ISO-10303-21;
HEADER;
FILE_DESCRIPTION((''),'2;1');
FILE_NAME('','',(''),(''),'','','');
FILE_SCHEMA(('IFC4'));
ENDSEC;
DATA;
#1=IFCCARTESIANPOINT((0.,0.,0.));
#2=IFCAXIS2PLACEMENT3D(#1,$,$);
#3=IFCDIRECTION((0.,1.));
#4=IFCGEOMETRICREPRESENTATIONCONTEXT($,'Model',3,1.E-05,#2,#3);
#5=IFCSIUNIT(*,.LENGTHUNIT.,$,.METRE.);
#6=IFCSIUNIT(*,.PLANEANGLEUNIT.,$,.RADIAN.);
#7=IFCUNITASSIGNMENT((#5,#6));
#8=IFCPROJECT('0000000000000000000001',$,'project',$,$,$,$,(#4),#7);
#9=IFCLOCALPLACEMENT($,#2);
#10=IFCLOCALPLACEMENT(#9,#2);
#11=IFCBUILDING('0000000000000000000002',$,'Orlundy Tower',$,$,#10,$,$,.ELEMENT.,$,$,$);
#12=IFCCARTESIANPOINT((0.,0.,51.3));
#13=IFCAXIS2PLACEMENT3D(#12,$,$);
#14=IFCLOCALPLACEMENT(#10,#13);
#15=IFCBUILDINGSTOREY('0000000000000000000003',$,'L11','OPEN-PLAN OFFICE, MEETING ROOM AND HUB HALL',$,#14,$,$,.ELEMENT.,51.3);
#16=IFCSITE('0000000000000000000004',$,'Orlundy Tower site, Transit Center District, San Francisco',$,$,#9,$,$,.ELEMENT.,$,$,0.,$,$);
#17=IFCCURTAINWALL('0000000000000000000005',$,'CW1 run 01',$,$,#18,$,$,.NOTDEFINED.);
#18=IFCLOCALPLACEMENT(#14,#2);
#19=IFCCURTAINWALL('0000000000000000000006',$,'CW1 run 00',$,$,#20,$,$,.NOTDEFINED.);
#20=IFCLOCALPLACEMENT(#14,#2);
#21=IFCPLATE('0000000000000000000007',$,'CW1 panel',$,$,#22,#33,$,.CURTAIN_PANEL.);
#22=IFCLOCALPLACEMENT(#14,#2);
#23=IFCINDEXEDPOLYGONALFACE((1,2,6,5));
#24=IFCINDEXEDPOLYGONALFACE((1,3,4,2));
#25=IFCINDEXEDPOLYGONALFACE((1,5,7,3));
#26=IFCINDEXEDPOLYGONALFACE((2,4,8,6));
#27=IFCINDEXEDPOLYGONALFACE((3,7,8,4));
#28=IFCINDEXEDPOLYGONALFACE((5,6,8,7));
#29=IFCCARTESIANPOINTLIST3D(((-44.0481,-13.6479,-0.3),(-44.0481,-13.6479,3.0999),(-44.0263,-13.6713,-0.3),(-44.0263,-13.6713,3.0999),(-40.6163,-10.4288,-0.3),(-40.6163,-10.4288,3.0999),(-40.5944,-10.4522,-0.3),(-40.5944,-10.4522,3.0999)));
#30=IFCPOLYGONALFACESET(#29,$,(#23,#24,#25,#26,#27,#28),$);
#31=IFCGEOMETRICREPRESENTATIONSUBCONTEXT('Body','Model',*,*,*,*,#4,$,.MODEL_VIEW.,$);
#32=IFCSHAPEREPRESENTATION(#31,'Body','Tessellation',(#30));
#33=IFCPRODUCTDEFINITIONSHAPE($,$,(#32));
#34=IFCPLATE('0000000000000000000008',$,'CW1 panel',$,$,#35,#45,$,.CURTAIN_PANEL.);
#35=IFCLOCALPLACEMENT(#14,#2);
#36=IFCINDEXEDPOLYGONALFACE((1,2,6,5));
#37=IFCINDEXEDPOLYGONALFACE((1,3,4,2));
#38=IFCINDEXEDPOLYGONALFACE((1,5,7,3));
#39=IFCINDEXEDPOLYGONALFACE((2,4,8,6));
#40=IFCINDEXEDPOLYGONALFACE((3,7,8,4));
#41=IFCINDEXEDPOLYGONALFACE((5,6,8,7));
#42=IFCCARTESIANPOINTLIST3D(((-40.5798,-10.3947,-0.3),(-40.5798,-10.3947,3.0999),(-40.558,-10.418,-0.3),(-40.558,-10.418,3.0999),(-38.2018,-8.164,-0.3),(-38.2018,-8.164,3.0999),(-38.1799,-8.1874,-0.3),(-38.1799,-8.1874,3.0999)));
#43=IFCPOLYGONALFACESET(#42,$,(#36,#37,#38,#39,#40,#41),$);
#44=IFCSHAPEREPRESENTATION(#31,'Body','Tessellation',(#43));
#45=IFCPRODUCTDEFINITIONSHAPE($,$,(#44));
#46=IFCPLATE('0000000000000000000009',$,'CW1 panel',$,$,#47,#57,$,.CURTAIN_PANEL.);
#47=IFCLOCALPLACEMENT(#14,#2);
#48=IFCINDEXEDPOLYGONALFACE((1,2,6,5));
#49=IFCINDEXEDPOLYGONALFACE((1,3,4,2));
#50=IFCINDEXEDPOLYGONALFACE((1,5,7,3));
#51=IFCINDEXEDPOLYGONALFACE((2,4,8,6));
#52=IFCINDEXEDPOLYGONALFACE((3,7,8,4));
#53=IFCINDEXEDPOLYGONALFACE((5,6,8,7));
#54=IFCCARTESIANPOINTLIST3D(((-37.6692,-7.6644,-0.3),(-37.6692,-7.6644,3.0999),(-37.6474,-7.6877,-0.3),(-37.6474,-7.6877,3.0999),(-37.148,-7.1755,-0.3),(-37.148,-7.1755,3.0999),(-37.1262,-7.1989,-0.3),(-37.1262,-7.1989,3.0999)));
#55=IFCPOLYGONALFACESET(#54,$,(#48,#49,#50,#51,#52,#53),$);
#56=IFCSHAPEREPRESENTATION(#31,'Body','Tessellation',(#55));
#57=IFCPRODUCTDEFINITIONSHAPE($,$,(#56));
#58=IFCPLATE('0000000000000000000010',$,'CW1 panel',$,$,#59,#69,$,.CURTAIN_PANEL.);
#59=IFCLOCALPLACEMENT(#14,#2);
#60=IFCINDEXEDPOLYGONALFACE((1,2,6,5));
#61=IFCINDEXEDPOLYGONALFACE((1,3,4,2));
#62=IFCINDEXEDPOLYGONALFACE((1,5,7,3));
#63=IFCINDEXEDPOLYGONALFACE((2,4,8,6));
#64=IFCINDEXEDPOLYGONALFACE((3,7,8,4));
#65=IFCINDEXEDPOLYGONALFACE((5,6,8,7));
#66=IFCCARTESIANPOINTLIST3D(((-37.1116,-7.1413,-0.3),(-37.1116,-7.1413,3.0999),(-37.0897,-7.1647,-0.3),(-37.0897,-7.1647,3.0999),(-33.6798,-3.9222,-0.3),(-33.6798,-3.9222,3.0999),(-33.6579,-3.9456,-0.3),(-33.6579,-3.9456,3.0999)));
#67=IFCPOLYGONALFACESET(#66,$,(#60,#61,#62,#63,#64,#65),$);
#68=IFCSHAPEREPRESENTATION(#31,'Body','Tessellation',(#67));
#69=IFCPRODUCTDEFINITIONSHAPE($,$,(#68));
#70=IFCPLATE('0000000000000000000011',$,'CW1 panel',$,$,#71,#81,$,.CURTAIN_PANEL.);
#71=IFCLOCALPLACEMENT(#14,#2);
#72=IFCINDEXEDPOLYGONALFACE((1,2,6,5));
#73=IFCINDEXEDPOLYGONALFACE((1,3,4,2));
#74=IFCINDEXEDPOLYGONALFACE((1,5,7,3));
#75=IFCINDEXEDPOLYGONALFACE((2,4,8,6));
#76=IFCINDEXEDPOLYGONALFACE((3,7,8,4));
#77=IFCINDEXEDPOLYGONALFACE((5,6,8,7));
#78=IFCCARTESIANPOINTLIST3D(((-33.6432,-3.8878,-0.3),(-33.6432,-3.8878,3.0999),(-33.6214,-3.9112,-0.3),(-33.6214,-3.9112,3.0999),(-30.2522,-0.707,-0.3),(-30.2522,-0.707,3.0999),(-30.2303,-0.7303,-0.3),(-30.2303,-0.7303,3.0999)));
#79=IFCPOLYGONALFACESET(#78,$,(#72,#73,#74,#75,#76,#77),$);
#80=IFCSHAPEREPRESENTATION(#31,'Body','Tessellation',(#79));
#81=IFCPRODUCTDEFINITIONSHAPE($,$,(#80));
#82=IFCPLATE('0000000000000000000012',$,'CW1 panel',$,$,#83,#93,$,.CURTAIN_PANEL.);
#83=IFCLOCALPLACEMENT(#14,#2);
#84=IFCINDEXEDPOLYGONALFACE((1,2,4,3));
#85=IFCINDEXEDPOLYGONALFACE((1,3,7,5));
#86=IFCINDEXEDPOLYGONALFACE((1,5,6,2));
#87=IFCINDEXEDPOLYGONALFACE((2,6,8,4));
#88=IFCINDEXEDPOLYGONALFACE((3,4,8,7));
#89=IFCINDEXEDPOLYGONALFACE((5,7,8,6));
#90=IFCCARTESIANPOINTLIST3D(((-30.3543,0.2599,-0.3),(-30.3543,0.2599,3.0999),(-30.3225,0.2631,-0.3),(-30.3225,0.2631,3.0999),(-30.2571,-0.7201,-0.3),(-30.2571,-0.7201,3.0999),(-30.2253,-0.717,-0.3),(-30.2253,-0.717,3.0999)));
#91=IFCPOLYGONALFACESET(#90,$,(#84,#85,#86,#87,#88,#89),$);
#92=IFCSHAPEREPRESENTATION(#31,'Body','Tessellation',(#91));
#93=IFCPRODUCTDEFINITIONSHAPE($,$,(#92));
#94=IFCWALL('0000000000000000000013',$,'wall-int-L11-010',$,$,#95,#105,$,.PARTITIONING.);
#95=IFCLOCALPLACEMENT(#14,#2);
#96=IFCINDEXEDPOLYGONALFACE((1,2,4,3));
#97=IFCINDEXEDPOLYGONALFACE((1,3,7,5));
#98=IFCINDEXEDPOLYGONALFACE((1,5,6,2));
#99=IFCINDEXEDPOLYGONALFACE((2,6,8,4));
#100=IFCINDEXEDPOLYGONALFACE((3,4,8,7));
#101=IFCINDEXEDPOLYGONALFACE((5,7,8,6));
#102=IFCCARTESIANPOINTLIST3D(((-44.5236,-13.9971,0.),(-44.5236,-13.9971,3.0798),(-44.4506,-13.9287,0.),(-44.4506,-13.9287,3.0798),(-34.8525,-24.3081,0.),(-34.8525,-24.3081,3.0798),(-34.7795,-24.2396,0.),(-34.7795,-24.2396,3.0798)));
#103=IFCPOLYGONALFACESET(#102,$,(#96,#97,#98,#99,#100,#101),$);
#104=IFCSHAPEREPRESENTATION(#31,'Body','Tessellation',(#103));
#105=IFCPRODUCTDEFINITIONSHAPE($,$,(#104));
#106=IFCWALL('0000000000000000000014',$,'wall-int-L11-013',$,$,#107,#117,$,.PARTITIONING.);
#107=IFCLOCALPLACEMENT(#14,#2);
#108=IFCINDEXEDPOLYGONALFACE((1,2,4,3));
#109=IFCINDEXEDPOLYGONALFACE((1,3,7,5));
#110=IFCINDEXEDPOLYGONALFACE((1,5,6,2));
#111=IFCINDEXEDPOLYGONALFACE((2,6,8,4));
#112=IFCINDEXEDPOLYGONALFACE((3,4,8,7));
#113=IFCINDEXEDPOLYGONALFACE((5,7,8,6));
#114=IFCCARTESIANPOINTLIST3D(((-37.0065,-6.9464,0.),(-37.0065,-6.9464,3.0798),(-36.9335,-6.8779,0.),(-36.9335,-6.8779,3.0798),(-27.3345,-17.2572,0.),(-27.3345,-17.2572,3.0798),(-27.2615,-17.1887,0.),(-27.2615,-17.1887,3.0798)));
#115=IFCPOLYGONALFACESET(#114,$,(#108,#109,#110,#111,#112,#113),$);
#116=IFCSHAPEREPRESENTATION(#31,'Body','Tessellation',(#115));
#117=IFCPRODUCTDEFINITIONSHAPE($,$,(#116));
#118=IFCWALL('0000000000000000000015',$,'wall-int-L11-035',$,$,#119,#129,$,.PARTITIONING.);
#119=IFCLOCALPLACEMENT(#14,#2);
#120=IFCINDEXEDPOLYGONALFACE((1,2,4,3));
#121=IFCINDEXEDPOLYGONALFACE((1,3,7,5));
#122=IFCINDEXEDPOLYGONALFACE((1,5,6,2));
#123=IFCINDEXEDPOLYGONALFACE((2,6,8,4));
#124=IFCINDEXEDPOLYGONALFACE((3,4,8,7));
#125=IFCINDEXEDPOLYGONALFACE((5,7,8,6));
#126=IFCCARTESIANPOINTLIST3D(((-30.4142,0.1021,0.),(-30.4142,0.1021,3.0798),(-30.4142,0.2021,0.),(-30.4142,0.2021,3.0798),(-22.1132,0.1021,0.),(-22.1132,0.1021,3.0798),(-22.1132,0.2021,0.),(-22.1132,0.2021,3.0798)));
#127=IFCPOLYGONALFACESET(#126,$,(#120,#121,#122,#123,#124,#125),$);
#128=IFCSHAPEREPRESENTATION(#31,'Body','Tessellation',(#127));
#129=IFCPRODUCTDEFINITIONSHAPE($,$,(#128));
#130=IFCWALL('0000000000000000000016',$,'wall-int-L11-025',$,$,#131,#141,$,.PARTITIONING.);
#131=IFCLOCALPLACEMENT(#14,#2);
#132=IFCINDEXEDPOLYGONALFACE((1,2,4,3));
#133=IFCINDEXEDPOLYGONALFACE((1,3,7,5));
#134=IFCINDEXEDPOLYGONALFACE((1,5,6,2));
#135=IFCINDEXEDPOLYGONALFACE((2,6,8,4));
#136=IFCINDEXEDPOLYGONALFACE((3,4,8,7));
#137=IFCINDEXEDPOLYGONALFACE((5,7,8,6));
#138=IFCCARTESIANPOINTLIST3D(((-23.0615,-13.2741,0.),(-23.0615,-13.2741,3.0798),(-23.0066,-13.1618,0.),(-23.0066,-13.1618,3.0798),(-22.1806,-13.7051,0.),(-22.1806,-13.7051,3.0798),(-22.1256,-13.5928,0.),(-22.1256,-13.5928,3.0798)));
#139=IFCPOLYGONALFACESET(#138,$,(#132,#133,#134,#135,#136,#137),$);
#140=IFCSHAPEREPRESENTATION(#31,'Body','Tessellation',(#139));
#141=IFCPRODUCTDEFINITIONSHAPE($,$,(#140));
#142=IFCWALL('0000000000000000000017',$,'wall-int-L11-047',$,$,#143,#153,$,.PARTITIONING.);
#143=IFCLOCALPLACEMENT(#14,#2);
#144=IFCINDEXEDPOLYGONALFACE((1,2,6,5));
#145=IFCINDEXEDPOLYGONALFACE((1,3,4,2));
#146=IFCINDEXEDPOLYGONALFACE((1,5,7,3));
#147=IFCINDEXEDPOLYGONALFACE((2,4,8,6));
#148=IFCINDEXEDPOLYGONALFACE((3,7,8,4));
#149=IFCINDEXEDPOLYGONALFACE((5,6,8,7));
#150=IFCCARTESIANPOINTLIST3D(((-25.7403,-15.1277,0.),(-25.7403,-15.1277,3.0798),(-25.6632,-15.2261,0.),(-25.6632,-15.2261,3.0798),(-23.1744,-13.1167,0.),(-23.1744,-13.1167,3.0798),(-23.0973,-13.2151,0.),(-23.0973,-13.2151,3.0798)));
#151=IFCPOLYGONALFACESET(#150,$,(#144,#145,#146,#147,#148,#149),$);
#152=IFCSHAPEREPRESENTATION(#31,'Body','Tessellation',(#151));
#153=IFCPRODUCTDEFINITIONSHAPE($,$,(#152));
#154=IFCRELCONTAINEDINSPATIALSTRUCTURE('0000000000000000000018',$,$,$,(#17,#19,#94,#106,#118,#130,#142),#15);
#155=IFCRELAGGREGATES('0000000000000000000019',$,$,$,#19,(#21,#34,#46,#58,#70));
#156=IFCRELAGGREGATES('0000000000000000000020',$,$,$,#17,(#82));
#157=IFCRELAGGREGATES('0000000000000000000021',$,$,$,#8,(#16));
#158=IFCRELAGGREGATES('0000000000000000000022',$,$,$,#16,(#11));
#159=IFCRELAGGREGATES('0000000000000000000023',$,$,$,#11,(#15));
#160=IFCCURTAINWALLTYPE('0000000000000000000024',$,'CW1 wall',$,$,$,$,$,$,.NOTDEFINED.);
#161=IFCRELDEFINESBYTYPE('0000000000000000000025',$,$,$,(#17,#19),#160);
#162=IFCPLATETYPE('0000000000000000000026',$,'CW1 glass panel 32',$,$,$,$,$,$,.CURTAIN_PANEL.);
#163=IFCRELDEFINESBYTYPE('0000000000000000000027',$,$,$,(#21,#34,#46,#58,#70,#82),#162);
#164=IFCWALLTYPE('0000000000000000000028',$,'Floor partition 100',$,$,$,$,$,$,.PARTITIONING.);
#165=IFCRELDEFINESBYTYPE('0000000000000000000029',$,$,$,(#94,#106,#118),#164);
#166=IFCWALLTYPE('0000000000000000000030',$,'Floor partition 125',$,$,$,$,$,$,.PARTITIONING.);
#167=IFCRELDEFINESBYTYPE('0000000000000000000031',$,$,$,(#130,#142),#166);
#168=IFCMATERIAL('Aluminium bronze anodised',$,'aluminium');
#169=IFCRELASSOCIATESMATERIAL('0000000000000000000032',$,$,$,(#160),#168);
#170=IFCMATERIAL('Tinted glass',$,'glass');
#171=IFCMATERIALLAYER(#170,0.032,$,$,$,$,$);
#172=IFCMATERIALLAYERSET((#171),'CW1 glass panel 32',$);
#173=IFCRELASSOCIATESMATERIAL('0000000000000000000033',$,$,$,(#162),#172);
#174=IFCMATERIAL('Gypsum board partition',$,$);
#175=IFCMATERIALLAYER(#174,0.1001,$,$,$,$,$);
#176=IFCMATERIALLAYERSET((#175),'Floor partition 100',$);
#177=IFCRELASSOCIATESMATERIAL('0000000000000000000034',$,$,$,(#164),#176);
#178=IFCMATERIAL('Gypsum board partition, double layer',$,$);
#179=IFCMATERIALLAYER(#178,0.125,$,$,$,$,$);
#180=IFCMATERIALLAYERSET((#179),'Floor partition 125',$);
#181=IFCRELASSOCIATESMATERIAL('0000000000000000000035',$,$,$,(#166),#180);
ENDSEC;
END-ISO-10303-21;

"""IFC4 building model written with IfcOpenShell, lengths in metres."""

from ifc_helpers import new_model, si_unit, direction, frame, frame_2d, origin, origin_2d, place, context, subcontext, project, spatial, rectangle, extrude, material, layer, layer_set, type_object, element, aggregate, save


model = new_model("IFC4")

# Units and contexts
model_context = context("Model", 3, precision=1e-05, world=origin(), true_north=direction((0.0, 1.0)))
body_context = subcontext(model_context, "Body", "Model", "MODEL_VIEW")
ifc_project = project(units=[si_unit("LENGTHUNIT", "METRE"), si_unit("PLANEANGLEUNIT", "RADIAN")], contexts=[model_context])

# Site, building, storey
site_placement = place(None, origin())
site = spatial("IfcSite", under=ifc_project, at=site_placement, Name="Orlundy Tower site, Transit Center District, San Francisco", CompositionType="ELEMENT", RefElevation=0.0)
building_placement = place(site_placement, origin())
building = spatial("IfcBuilding", under=site, at=building_placement, Name="Orlundy Tower", CompositionType="ELEMENT")
storey_placement = place(building_placement, frame((0.0, 0.0, 51.3)))
storey = spatial("IfcBuildingStorey", under=building, at=storey_placement, Name="L11", Description="OPEN-PLAN OFFICE, MEETING ROOM AND HUB HALL", CompositionType="ELEMENT", Elevation=51.3)

# Curtain wall
ifc_material_1 = material(Name="Aluminium bronze anodised", Category="aluminium")
curtain_wall_type = type_object("IfcCurtainWallType", Name="CW1 wall", PredefinedType="NOTDEFINED", material=ifc_material_1)
curtain_wall_1_placement = place(storey_placement, origin())
curtain_wall_1 = element("IfcCurtainWall", 1, at=curtain_wall_1_placement, inside=storey, type_object=curtain_wall_type, Name="CW1 run 01", PredefinedType="NOTDEFINED")

# Curtain wall
curtain_wall_2_placement = place(storey_placement, origin())
curtain_wall_2 = element("IfcCurtainWall", 2, at=curtain_wall_2_placement, inside=storey, type_object=curtain_wall_type, Name="CW1 run 00", PredefinedType="NOTDEFINED")

# Plates
ifc_material_2 = material(Name="Tinted glass", Category="glass")
ifc_layer_1 = layer(ifc_material_2, 0.032)
ifc_layer_set_1 = layer_set([ifc_layer_1], Name="CW1 glass panel 32")
plate_type = type_object("IfcPlateType", Name="CW1 glass panel 32", PredefinedType="CURTAIN_PANEL", material=ifc_layer_set_1)
plate_1_placement = place(storey_placement, frame((-42.3213, -12.05, -0.3), z_axis=(0.0, 0.0, 1.0), x_axis=(0.729351, 0.684139, 0.0)))
plate_1 = element("IfcPlate", 3, at=plate_1_placement, type_object=plate_type, Name="CW1 panel", PredefinedType="CURTAIN_PANEL", context=body_context, shape_type="SweptSolid", body=[
    extrude(rectangle(XDim=4.7053, YDim=0.032, at=origin_2d()), origin(), (0.0, 0.0, 1.0), 3.3999),
])
plate_2_placement = place(storey_placement, frame((-39.3799, -9.291, -0.3), z_axis=(0.0, 0.0, 1.0), x_axis=(0.729351, 0.684139, 0.0)))
plate_2 = element("IfcPlate", 4, at=plate_2_placement, type_object=plate_type, Name="CW1 panel", PredefinedType="CURTAIN_PANEL", context=body_context, shape_type="SweptSolid", body=[
    extrude(rectangle(XDim=3.2605, YDim=0.032, at=origin_2d()), origin(), (0.0, 0.0, 1.0), 3.3999),
])
plate_3_placement = place(storey_placement, frame((-37.3977, -7.4316, -0.3), z_axis=(0.0, 0.0, 1.0), x_axis=(0.729351, 0.684139, 0.0)))
plate_3 = element("IfcPlate", 5, at=plate_3_placement, type_object=plate_type, Name="CW1 panel", PredefinedType="CURTAIN_PANEL", context=body_context, shape_type="SweptSolid", body=[
    extrude(rectangle(XDim=0.7146, YDim=0.032, at=origin_2d()), origin(), (0.0, 0.0, 1.0), 3.3999),
])
plate_4_placement = place(storey_placement, frame((-35.3848, -5.5435, -0.3), z_axis=(0.0, 0.0, 1.0), x_axis=(0.729351, 0.684139, 0.0)))
plate_4 = element("IfcPlate", 6, at=plate_4_placement, type_object=plate_type, Name="CW1 panel", PredefinedType="CURTAIN_PANEL", context=body_context, shape_type="SweptSolid", body=[
    extrude(rectangle(XDim=4.7053, YDim=0.032, at=origin_2d()), origin(), (0.0, 0.0, 1.0), 3.3999),
])
plate_5_placement = place(storey_placement, frame((-31.9368, -2.3091, -0.3), z_axis=(0.0, 0.0, 1.0), x_axis=(0.729351, 0.684139, 0.0)))
plate_5 = element("IfcPlate", 7, at=plate_5_placement, type_object=plate_type, Name="CW1 panel", PredefinedType="CURTAIN_PANEL", context=body_context, shape_type="SweptSolid", body=[
    extrude(rectangle(XDim=4.6494, YDim=0.032, at=origin_2d()), origin(), (0.0, 0.0, 1.0), 3.3999),
])
aggregate(curtain_wall_2, [plate_1, plate_2, plate_3, plate_4, plate_5])
plate_6_placement = place(storey_placement, frame((-30.2898, -0.2285, -0.3), z_axis=(0.0, 0.0, 1.0), x_axis=(-0.098672, 0.99512, 0.0)))
plate_6 = element("IfcPlate", 8, at=plate_6_placement, type_object=plate_type, Name="CW1 panel", PredefinedType="CURTAIN_PANEL", context=body_context, shape_type="SweptSolid", body=[
    extrude(rectangle(XDim=0.9849, YDim=0.032, at=origin_2d()), origin(), (0.0, 0.0, 1.0), 3.3999),
])
aggregate(curtain_wall_1, [plate_6])

# Walls
ifc_material_3 = material(Name="Gypsum board partition")
ifc_layer_2 = layer(ifc_material_3, 0.1001)
ifc_layer_set_2 = layer_set([ifc_layer_2], Name="Floor partition 100")
wall_type_1 = type_object("IfcWallType", Name="Floor partition 100", PredefinedType="PARTITIONING", material=ifc_layer_set_2)
wall_1_placement = place(storey_placement, frame((-44.4871, -13.9629, 0.0), z_axis=(0.0, 0.0, 1.0), x_axis=(0.684112, -0.729377, 0.0)))
element("IfcWall", 9, at=wall_1_placement, inside=storey, type_object=wall_type_1, Name="wall-int-L11-010", PredefinedType="PARTITIONING", context=body_context, shape_type="SweptSolid", body=[
    extrude(rectangle(XDim=14.1367, YDim=0.1001, at=frame_2d((7.0684, 0.0))), origin(), (0.0, 0.0, 1.0), 3.0798),
])
wall_2_placement = place(storey_placement, frame((-36.97, -6.9121, 0.0), z_axis=(0.0, 0.0, 1.0), x_axis=(0.684148, -0.729343, 0.0)))
element("IfcWall", 10, at=wall_2_placement, inside=storey, type_object=wall_type_1, Name="wall-int-L11-013", PredefinedType="PARTITIONING", context=body_context, shape_type="SweptSolid", body=[
    extrude(rectangle(XDim=14.1372, YDim=0.1001, at=frame_2d((7.0686, 0.0))), origin(), (0.0, 0.0, 1.0), 3.0798),
])
wall_3_placement = place(storey_placement, frame((-30.4141, 0.1521, 0.0), z_axis=(0.0, 0.0, 1.0), x_axis=(1.0, 0.0, 0.0)))
element("IfcWall", 11, at=wall_3_placement, inside=storey, type_object=wall_type_1, Name="wall-int-L11-035", PredefinedType="PARTITIONING", context=body_context, shape_type="SweptSolid", body=[
    extrude(rectangle(XDim=8.301, YDim=0.1001, at=frame_2d((4.1504, 0.0))), origin(), (0.0, 0.0, 1.0), 3.0798),
])
ifc_material_4 = material(Name="Gypsum board partition, double layer")
ifc_layer_3 = layer(ifc_material_4, 0.125)
ifc_layer_set_3 = layer_set([ifc_layer_3], Name="Floor partition 125")
wall_type_2 = type_object("IfcWallType", Name="Floor partition 125", PredefinedType="PARTITIONING", material=ifc_layer_set_3)
wall_4_placement = place(storey_placement, frame((-23.0339, -13.218, 0.0), z_axis=(0.0, 0.0, 1.0), x_axis=(0.898277, -0.439429, 0.0)))
element("IfcWall", 12, at=wall_4_placement, inside=storey, type_object=wall_type_2, Name="wall-int-L11-025", PredefinedType="PARTITIONING", context=body_context, shape_type="SweptSolid", body=[
    extrude(rectangle(XDim=0.9807, YDim=0.125, at=frame_2d((0.4902, 0.0))), origin(), (0.0, 0.0, 1.0), 3.0798),
])
wall_5_placement = place(storey_placement, frame((-23.136, -13.166, 0.0), z_axis=(0.0, 0.0, 1.0), x_axis=(-0.787077, -0.616855, 0.0)))
element("IfcWall", 13, at=wall_5_placement, inside=storey, type_object=wall_type_2, Name="wall-int-L11-047", PredefinedType="PARTITIONING", context=body_context, shape_type="SweptSolid", body=[
    extrude(rectangle(XDim=3.26, YDim=0.125, at=frame_2d((1.6299, 0.0))), origin(), (0.0, 0.0, 1.0), 3.0798),
])

save(model, "model.ifc")
